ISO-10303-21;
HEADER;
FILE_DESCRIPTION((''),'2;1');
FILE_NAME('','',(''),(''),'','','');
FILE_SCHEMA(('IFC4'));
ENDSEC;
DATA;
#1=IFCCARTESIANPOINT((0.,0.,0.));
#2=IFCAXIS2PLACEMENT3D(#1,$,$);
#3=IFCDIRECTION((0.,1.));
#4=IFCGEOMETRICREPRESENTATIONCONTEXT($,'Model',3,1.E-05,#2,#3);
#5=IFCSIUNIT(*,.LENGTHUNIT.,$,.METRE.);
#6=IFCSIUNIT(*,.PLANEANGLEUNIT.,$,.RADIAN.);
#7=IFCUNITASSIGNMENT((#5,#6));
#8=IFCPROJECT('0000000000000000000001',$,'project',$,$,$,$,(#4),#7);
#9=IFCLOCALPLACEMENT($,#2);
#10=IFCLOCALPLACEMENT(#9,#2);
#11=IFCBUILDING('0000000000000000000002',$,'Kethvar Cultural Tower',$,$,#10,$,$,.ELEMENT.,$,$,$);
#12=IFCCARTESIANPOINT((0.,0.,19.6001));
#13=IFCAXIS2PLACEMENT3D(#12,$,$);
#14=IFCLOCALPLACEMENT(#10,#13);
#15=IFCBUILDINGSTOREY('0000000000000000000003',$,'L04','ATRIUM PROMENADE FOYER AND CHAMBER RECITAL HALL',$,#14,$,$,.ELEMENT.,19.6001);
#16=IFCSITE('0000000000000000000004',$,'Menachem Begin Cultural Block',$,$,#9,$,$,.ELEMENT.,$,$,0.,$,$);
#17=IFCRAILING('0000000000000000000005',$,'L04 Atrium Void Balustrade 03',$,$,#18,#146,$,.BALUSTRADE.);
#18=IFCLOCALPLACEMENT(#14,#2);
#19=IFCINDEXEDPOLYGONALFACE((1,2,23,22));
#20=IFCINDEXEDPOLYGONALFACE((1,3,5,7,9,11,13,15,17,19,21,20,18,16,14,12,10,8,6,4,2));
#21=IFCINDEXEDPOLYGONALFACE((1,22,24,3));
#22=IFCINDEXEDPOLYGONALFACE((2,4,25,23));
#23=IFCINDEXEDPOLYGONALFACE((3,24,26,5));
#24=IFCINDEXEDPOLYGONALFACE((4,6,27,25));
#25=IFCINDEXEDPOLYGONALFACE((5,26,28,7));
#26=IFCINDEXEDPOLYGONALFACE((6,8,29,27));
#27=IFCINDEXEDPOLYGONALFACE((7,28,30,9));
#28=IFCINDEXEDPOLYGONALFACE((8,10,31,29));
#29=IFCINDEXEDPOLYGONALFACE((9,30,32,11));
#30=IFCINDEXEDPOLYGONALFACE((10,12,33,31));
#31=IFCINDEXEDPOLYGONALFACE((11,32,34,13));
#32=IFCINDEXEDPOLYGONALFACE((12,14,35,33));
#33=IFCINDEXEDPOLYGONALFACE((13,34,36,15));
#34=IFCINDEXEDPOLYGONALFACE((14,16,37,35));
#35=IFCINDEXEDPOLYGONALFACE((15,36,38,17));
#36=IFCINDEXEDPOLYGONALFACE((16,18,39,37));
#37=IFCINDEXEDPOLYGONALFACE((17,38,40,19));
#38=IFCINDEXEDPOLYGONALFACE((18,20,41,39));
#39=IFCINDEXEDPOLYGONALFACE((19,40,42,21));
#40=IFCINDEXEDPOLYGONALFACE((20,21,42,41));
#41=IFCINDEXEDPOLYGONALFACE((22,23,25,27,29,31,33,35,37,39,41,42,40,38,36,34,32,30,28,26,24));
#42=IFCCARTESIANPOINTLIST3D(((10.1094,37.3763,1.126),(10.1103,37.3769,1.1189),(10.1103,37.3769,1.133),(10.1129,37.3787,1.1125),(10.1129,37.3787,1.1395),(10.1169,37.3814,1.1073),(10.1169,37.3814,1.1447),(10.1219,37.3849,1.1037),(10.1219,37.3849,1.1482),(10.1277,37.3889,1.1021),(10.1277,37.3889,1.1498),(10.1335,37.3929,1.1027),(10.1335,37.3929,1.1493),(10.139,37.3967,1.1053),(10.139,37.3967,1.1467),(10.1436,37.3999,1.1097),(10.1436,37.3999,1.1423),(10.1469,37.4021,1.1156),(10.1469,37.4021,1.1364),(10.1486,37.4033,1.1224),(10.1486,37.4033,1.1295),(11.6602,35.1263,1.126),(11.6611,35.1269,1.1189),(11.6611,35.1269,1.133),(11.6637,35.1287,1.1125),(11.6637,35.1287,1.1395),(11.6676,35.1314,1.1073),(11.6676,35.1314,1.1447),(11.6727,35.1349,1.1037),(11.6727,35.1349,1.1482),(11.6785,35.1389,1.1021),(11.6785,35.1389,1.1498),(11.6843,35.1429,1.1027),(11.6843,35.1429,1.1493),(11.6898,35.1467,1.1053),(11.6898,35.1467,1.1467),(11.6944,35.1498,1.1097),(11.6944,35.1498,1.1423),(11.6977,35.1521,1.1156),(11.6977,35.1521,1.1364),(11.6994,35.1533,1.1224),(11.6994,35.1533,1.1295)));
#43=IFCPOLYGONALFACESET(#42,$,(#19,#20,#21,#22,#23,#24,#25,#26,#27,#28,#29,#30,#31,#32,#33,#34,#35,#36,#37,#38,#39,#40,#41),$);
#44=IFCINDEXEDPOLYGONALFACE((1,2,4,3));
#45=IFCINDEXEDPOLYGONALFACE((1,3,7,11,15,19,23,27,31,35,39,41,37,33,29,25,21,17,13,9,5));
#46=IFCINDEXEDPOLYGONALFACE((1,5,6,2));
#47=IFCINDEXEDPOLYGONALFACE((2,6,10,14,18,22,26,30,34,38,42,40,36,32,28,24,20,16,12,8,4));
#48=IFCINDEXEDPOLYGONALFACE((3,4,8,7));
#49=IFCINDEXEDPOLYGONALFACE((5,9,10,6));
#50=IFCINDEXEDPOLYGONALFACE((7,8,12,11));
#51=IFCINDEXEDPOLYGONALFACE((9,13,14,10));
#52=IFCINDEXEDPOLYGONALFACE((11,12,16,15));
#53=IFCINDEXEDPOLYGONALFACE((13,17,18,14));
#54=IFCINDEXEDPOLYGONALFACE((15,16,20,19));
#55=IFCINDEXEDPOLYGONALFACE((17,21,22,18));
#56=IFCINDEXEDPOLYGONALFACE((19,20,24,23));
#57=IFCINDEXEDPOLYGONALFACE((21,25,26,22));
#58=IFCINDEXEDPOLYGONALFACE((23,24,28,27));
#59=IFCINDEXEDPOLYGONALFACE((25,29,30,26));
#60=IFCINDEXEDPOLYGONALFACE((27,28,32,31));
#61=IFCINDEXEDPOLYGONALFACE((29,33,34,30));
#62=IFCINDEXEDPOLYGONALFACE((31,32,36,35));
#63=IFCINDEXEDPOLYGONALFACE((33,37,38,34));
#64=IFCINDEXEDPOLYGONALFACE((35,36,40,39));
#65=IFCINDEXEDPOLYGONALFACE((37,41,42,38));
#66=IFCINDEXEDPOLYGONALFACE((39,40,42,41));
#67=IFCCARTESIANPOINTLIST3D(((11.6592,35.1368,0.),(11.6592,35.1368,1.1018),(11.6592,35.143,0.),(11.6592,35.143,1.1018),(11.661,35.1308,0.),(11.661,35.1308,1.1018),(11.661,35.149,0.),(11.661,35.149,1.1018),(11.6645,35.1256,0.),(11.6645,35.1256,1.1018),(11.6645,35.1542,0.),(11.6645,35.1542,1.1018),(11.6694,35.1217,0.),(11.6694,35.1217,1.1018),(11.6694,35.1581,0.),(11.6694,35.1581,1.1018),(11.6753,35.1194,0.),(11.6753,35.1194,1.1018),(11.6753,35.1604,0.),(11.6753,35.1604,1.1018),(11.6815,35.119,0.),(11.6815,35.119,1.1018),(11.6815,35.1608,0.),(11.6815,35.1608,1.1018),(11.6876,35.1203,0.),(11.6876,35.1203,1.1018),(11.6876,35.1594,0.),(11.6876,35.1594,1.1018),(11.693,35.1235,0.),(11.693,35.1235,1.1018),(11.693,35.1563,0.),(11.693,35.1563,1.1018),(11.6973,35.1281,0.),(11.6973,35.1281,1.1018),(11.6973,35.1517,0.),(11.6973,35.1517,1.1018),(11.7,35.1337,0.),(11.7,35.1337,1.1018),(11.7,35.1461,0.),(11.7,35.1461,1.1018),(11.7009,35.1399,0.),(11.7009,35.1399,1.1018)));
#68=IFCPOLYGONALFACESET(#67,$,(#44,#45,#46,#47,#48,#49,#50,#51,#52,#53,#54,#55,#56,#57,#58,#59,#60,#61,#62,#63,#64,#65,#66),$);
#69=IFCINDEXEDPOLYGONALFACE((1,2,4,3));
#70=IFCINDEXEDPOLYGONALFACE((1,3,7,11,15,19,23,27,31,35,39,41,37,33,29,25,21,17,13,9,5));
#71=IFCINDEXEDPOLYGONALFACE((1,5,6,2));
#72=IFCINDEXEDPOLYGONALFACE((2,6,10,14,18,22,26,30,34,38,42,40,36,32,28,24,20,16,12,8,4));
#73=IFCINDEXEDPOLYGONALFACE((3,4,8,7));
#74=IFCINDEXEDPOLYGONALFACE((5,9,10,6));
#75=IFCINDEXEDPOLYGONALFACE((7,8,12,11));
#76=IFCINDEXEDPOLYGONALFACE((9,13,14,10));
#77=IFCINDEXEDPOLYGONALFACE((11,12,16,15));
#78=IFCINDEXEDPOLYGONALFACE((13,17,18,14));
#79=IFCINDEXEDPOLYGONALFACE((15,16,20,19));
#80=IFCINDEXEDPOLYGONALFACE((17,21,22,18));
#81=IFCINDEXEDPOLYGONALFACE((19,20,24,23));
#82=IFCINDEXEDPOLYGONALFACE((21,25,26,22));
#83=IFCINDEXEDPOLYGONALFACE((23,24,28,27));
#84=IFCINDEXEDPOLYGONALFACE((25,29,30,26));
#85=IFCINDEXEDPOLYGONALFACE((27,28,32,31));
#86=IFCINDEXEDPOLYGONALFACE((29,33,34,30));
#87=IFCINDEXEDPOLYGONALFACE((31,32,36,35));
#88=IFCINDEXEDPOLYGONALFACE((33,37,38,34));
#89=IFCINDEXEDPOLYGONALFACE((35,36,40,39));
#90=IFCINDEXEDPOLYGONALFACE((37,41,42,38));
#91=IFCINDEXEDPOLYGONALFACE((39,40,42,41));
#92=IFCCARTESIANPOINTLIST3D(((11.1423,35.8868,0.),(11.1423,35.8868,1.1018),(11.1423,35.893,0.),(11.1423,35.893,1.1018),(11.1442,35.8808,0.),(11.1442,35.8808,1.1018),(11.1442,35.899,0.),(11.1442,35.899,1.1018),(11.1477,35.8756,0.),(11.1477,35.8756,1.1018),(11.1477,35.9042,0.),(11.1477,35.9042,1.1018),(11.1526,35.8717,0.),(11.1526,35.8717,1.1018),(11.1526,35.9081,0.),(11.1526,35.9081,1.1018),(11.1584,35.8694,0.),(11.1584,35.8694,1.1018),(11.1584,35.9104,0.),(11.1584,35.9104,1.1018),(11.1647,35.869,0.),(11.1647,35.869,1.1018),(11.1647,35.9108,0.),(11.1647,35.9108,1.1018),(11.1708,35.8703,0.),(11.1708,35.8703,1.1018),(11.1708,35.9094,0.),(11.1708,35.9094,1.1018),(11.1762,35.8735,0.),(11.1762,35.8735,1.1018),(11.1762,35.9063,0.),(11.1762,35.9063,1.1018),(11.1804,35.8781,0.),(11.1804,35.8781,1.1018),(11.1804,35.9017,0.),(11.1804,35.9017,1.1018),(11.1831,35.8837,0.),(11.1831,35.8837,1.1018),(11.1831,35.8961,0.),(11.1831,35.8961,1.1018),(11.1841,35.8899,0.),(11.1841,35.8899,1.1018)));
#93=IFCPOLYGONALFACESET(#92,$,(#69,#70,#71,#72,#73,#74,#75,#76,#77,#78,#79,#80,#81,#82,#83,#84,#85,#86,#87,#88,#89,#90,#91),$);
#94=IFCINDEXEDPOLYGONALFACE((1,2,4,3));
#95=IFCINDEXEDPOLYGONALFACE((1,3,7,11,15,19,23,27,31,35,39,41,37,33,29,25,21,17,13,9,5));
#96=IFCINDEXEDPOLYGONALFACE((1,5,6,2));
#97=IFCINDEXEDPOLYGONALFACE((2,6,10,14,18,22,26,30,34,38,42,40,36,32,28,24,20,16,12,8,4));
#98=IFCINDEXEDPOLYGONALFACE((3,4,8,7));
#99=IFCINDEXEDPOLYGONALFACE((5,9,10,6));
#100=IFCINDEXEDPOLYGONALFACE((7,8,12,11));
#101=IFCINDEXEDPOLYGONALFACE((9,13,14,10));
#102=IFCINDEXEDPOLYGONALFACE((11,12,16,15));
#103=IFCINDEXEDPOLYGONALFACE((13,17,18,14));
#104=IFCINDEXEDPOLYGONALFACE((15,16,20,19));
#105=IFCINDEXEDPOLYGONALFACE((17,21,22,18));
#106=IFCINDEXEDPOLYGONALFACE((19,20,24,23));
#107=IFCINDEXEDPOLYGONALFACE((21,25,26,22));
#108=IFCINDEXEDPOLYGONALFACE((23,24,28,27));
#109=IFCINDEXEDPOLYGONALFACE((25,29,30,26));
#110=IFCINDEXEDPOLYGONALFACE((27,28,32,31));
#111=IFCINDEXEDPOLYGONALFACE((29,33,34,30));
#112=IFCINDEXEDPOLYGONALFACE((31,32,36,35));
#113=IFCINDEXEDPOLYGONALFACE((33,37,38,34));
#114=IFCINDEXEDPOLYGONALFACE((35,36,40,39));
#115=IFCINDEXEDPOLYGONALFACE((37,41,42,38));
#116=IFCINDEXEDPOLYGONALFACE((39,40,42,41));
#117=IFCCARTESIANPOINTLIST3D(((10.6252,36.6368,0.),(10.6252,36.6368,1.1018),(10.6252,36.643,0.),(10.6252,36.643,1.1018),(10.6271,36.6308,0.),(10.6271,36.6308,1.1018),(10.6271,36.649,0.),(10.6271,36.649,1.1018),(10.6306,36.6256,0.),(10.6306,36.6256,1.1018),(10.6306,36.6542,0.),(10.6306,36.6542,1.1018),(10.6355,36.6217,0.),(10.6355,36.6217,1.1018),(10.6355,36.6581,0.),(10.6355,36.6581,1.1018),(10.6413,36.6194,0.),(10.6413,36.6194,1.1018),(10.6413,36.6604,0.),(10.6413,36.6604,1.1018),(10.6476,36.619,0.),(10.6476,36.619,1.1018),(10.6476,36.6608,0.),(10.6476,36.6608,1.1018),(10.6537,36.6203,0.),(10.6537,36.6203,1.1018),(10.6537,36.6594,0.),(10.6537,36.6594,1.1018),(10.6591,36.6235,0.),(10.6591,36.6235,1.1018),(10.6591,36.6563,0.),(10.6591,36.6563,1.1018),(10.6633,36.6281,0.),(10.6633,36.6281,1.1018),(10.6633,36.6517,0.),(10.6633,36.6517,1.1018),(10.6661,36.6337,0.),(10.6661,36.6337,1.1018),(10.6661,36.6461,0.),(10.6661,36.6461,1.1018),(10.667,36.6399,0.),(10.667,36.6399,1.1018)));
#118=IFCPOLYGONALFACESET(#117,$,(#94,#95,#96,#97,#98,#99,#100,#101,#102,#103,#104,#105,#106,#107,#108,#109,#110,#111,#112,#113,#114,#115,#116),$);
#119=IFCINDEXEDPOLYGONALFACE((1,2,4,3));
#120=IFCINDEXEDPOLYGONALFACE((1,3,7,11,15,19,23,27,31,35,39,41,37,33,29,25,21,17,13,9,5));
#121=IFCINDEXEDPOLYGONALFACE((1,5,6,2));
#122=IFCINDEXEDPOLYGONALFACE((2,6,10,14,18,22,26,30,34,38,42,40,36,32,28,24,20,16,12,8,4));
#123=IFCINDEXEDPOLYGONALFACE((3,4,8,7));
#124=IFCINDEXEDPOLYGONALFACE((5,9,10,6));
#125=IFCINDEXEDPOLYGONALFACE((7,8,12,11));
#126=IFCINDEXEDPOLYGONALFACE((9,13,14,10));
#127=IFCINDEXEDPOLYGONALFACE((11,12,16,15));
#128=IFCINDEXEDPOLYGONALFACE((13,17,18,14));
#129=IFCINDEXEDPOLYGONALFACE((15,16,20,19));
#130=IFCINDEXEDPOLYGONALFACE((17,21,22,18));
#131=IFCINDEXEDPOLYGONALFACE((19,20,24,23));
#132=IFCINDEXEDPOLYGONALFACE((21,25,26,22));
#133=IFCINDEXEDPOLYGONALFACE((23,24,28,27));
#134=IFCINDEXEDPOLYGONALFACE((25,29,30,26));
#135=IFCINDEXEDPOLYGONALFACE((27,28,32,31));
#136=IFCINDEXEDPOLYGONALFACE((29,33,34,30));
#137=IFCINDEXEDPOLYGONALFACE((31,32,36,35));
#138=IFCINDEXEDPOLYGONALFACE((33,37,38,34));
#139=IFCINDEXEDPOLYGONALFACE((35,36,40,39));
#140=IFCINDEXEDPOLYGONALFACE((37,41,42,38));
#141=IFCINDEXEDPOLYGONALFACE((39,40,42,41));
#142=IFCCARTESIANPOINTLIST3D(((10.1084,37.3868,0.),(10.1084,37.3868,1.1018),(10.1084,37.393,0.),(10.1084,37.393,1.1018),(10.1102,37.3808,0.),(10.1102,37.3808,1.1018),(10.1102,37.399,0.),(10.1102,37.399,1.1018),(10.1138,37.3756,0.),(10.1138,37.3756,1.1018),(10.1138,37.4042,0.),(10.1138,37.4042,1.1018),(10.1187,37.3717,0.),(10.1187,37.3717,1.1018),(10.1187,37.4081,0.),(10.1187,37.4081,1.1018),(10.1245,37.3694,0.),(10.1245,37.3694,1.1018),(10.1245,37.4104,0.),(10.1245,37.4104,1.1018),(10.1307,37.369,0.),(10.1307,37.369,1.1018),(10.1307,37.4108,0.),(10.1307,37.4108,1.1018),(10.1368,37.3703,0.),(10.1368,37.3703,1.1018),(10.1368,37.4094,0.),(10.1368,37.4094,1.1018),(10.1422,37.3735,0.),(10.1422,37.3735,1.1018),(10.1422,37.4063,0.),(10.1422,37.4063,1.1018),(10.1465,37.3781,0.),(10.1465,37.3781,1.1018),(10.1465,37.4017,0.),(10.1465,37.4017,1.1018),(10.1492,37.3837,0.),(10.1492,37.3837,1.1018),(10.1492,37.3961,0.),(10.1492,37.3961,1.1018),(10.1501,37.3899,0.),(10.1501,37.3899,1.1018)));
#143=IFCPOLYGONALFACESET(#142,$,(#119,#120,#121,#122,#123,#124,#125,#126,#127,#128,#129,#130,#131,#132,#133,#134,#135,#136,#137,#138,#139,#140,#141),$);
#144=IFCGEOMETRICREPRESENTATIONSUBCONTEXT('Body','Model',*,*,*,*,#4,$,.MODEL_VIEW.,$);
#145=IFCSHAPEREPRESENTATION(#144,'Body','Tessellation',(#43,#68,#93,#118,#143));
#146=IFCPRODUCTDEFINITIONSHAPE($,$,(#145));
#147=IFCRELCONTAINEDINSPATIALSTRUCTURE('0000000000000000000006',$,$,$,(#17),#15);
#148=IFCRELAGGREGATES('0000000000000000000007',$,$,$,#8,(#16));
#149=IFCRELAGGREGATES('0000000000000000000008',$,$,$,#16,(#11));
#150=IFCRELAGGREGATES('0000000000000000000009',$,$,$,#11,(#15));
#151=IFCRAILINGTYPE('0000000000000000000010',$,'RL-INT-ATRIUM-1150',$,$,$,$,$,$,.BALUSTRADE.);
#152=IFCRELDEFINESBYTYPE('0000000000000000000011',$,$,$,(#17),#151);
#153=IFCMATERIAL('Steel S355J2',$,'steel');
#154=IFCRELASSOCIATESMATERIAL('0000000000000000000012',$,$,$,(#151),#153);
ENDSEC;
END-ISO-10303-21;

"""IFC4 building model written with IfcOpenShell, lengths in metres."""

from ifc_helpers import new_model, si_unit, direction, frame, origin, origin_2d, place, context, subcontext, project, spatial, circle, extrude, material, type_object, element, save


model = new_model("IFC4")

# Units and contexts
model_context = context("Model", 3, precision=1e-05, world=origin(), true_north=direction((0.0, 1.0)))
body_context = subcontext(model_context, "Body", "Model", "MODEL_VIEW")
ifc_project = project(units=[si_unit("LENGTHUNIT", "METRE"), si_unit("PLANEANGLEUNIT", "RADIAN")], contexts=[model_context])

# Site, building, storey
site_placement = place(None, origin())
site = spatial("IfcSite", under=ifc_project, at=site_placement, Name="Menachem Begin Cultural Block", CompositionType="ELEMENT", RefElevation=0.0)
building_placement = place(site_placement, origin())
building = spatial("IfcBuilding", under=site, at=building_placement, Name="Kethvar Cultural Tower", CompositionType="ELEMENT")
storey_placement = place(building_placement, frame((0.0, 0.0, 19.6001)))
storey = spatial("IfcBuildingStorey", under=building, at=storey_placement, Name="L04", Description="ATRIUM PROMENADE FOYER AND CHAMBER RECITAL HALL", CompositionType="ELEMENT", Elevation=19.6001)

# Shared definitions
ifc_material_1 = material(Name="Steel S355J2", Category="steel")

# Railing
railing_type_1 = type_object("IfcRailingType", Name="RL-INT-ATRIUM-1150", PredefinedType="BALUSTRADE", material=ifc_material_1)
railing_1_placement = place(storey_placement, frame((11.6799, 35.1399, 0.0)))
element("IfcRailing", 1, at=railing_1_placement, inside=storey, type_object=railing_type_1, Name="L04 Atrium Void Balustrade 03", PredefinedType="BALUSTRADE", context=body_context, shape_type="SweptSolid", body=[
    extrude(circle(Radius=0.0239, at=origin_2d()), frame((0.0, 0.0, 1.126), z_axis=(-0.567499, 0.823374, 0.0), x_axis=(-0.823374, -0.567499, 0.0)), (0.0, 0.0, 1.0), 2.7327),
    extrude(circle(Radius=0.021, at=origin_2d()), origin(), (0.0, 0.0, 1.0), 1.1018),
    extrude(circle(Radius=0.021, at=origin_2d()), frame((-0.5168, 0.75, 0.0)), (0.0, 0.0, 1.0), 1.1018),
    extrude(circle(Radius=0.021, at=origin_2d()), frame((-1.0339, 1.5, 0.0)), (0.0, 0.0, 1.0), 1.1018),
    extrude(circle(Radius=0.021, at=origin_2d()), frame((-1.5508, 2.25, 0.0)), (0.0, 0.0, 1.0), 1.1018),
])

save(model, "model.ifc")
